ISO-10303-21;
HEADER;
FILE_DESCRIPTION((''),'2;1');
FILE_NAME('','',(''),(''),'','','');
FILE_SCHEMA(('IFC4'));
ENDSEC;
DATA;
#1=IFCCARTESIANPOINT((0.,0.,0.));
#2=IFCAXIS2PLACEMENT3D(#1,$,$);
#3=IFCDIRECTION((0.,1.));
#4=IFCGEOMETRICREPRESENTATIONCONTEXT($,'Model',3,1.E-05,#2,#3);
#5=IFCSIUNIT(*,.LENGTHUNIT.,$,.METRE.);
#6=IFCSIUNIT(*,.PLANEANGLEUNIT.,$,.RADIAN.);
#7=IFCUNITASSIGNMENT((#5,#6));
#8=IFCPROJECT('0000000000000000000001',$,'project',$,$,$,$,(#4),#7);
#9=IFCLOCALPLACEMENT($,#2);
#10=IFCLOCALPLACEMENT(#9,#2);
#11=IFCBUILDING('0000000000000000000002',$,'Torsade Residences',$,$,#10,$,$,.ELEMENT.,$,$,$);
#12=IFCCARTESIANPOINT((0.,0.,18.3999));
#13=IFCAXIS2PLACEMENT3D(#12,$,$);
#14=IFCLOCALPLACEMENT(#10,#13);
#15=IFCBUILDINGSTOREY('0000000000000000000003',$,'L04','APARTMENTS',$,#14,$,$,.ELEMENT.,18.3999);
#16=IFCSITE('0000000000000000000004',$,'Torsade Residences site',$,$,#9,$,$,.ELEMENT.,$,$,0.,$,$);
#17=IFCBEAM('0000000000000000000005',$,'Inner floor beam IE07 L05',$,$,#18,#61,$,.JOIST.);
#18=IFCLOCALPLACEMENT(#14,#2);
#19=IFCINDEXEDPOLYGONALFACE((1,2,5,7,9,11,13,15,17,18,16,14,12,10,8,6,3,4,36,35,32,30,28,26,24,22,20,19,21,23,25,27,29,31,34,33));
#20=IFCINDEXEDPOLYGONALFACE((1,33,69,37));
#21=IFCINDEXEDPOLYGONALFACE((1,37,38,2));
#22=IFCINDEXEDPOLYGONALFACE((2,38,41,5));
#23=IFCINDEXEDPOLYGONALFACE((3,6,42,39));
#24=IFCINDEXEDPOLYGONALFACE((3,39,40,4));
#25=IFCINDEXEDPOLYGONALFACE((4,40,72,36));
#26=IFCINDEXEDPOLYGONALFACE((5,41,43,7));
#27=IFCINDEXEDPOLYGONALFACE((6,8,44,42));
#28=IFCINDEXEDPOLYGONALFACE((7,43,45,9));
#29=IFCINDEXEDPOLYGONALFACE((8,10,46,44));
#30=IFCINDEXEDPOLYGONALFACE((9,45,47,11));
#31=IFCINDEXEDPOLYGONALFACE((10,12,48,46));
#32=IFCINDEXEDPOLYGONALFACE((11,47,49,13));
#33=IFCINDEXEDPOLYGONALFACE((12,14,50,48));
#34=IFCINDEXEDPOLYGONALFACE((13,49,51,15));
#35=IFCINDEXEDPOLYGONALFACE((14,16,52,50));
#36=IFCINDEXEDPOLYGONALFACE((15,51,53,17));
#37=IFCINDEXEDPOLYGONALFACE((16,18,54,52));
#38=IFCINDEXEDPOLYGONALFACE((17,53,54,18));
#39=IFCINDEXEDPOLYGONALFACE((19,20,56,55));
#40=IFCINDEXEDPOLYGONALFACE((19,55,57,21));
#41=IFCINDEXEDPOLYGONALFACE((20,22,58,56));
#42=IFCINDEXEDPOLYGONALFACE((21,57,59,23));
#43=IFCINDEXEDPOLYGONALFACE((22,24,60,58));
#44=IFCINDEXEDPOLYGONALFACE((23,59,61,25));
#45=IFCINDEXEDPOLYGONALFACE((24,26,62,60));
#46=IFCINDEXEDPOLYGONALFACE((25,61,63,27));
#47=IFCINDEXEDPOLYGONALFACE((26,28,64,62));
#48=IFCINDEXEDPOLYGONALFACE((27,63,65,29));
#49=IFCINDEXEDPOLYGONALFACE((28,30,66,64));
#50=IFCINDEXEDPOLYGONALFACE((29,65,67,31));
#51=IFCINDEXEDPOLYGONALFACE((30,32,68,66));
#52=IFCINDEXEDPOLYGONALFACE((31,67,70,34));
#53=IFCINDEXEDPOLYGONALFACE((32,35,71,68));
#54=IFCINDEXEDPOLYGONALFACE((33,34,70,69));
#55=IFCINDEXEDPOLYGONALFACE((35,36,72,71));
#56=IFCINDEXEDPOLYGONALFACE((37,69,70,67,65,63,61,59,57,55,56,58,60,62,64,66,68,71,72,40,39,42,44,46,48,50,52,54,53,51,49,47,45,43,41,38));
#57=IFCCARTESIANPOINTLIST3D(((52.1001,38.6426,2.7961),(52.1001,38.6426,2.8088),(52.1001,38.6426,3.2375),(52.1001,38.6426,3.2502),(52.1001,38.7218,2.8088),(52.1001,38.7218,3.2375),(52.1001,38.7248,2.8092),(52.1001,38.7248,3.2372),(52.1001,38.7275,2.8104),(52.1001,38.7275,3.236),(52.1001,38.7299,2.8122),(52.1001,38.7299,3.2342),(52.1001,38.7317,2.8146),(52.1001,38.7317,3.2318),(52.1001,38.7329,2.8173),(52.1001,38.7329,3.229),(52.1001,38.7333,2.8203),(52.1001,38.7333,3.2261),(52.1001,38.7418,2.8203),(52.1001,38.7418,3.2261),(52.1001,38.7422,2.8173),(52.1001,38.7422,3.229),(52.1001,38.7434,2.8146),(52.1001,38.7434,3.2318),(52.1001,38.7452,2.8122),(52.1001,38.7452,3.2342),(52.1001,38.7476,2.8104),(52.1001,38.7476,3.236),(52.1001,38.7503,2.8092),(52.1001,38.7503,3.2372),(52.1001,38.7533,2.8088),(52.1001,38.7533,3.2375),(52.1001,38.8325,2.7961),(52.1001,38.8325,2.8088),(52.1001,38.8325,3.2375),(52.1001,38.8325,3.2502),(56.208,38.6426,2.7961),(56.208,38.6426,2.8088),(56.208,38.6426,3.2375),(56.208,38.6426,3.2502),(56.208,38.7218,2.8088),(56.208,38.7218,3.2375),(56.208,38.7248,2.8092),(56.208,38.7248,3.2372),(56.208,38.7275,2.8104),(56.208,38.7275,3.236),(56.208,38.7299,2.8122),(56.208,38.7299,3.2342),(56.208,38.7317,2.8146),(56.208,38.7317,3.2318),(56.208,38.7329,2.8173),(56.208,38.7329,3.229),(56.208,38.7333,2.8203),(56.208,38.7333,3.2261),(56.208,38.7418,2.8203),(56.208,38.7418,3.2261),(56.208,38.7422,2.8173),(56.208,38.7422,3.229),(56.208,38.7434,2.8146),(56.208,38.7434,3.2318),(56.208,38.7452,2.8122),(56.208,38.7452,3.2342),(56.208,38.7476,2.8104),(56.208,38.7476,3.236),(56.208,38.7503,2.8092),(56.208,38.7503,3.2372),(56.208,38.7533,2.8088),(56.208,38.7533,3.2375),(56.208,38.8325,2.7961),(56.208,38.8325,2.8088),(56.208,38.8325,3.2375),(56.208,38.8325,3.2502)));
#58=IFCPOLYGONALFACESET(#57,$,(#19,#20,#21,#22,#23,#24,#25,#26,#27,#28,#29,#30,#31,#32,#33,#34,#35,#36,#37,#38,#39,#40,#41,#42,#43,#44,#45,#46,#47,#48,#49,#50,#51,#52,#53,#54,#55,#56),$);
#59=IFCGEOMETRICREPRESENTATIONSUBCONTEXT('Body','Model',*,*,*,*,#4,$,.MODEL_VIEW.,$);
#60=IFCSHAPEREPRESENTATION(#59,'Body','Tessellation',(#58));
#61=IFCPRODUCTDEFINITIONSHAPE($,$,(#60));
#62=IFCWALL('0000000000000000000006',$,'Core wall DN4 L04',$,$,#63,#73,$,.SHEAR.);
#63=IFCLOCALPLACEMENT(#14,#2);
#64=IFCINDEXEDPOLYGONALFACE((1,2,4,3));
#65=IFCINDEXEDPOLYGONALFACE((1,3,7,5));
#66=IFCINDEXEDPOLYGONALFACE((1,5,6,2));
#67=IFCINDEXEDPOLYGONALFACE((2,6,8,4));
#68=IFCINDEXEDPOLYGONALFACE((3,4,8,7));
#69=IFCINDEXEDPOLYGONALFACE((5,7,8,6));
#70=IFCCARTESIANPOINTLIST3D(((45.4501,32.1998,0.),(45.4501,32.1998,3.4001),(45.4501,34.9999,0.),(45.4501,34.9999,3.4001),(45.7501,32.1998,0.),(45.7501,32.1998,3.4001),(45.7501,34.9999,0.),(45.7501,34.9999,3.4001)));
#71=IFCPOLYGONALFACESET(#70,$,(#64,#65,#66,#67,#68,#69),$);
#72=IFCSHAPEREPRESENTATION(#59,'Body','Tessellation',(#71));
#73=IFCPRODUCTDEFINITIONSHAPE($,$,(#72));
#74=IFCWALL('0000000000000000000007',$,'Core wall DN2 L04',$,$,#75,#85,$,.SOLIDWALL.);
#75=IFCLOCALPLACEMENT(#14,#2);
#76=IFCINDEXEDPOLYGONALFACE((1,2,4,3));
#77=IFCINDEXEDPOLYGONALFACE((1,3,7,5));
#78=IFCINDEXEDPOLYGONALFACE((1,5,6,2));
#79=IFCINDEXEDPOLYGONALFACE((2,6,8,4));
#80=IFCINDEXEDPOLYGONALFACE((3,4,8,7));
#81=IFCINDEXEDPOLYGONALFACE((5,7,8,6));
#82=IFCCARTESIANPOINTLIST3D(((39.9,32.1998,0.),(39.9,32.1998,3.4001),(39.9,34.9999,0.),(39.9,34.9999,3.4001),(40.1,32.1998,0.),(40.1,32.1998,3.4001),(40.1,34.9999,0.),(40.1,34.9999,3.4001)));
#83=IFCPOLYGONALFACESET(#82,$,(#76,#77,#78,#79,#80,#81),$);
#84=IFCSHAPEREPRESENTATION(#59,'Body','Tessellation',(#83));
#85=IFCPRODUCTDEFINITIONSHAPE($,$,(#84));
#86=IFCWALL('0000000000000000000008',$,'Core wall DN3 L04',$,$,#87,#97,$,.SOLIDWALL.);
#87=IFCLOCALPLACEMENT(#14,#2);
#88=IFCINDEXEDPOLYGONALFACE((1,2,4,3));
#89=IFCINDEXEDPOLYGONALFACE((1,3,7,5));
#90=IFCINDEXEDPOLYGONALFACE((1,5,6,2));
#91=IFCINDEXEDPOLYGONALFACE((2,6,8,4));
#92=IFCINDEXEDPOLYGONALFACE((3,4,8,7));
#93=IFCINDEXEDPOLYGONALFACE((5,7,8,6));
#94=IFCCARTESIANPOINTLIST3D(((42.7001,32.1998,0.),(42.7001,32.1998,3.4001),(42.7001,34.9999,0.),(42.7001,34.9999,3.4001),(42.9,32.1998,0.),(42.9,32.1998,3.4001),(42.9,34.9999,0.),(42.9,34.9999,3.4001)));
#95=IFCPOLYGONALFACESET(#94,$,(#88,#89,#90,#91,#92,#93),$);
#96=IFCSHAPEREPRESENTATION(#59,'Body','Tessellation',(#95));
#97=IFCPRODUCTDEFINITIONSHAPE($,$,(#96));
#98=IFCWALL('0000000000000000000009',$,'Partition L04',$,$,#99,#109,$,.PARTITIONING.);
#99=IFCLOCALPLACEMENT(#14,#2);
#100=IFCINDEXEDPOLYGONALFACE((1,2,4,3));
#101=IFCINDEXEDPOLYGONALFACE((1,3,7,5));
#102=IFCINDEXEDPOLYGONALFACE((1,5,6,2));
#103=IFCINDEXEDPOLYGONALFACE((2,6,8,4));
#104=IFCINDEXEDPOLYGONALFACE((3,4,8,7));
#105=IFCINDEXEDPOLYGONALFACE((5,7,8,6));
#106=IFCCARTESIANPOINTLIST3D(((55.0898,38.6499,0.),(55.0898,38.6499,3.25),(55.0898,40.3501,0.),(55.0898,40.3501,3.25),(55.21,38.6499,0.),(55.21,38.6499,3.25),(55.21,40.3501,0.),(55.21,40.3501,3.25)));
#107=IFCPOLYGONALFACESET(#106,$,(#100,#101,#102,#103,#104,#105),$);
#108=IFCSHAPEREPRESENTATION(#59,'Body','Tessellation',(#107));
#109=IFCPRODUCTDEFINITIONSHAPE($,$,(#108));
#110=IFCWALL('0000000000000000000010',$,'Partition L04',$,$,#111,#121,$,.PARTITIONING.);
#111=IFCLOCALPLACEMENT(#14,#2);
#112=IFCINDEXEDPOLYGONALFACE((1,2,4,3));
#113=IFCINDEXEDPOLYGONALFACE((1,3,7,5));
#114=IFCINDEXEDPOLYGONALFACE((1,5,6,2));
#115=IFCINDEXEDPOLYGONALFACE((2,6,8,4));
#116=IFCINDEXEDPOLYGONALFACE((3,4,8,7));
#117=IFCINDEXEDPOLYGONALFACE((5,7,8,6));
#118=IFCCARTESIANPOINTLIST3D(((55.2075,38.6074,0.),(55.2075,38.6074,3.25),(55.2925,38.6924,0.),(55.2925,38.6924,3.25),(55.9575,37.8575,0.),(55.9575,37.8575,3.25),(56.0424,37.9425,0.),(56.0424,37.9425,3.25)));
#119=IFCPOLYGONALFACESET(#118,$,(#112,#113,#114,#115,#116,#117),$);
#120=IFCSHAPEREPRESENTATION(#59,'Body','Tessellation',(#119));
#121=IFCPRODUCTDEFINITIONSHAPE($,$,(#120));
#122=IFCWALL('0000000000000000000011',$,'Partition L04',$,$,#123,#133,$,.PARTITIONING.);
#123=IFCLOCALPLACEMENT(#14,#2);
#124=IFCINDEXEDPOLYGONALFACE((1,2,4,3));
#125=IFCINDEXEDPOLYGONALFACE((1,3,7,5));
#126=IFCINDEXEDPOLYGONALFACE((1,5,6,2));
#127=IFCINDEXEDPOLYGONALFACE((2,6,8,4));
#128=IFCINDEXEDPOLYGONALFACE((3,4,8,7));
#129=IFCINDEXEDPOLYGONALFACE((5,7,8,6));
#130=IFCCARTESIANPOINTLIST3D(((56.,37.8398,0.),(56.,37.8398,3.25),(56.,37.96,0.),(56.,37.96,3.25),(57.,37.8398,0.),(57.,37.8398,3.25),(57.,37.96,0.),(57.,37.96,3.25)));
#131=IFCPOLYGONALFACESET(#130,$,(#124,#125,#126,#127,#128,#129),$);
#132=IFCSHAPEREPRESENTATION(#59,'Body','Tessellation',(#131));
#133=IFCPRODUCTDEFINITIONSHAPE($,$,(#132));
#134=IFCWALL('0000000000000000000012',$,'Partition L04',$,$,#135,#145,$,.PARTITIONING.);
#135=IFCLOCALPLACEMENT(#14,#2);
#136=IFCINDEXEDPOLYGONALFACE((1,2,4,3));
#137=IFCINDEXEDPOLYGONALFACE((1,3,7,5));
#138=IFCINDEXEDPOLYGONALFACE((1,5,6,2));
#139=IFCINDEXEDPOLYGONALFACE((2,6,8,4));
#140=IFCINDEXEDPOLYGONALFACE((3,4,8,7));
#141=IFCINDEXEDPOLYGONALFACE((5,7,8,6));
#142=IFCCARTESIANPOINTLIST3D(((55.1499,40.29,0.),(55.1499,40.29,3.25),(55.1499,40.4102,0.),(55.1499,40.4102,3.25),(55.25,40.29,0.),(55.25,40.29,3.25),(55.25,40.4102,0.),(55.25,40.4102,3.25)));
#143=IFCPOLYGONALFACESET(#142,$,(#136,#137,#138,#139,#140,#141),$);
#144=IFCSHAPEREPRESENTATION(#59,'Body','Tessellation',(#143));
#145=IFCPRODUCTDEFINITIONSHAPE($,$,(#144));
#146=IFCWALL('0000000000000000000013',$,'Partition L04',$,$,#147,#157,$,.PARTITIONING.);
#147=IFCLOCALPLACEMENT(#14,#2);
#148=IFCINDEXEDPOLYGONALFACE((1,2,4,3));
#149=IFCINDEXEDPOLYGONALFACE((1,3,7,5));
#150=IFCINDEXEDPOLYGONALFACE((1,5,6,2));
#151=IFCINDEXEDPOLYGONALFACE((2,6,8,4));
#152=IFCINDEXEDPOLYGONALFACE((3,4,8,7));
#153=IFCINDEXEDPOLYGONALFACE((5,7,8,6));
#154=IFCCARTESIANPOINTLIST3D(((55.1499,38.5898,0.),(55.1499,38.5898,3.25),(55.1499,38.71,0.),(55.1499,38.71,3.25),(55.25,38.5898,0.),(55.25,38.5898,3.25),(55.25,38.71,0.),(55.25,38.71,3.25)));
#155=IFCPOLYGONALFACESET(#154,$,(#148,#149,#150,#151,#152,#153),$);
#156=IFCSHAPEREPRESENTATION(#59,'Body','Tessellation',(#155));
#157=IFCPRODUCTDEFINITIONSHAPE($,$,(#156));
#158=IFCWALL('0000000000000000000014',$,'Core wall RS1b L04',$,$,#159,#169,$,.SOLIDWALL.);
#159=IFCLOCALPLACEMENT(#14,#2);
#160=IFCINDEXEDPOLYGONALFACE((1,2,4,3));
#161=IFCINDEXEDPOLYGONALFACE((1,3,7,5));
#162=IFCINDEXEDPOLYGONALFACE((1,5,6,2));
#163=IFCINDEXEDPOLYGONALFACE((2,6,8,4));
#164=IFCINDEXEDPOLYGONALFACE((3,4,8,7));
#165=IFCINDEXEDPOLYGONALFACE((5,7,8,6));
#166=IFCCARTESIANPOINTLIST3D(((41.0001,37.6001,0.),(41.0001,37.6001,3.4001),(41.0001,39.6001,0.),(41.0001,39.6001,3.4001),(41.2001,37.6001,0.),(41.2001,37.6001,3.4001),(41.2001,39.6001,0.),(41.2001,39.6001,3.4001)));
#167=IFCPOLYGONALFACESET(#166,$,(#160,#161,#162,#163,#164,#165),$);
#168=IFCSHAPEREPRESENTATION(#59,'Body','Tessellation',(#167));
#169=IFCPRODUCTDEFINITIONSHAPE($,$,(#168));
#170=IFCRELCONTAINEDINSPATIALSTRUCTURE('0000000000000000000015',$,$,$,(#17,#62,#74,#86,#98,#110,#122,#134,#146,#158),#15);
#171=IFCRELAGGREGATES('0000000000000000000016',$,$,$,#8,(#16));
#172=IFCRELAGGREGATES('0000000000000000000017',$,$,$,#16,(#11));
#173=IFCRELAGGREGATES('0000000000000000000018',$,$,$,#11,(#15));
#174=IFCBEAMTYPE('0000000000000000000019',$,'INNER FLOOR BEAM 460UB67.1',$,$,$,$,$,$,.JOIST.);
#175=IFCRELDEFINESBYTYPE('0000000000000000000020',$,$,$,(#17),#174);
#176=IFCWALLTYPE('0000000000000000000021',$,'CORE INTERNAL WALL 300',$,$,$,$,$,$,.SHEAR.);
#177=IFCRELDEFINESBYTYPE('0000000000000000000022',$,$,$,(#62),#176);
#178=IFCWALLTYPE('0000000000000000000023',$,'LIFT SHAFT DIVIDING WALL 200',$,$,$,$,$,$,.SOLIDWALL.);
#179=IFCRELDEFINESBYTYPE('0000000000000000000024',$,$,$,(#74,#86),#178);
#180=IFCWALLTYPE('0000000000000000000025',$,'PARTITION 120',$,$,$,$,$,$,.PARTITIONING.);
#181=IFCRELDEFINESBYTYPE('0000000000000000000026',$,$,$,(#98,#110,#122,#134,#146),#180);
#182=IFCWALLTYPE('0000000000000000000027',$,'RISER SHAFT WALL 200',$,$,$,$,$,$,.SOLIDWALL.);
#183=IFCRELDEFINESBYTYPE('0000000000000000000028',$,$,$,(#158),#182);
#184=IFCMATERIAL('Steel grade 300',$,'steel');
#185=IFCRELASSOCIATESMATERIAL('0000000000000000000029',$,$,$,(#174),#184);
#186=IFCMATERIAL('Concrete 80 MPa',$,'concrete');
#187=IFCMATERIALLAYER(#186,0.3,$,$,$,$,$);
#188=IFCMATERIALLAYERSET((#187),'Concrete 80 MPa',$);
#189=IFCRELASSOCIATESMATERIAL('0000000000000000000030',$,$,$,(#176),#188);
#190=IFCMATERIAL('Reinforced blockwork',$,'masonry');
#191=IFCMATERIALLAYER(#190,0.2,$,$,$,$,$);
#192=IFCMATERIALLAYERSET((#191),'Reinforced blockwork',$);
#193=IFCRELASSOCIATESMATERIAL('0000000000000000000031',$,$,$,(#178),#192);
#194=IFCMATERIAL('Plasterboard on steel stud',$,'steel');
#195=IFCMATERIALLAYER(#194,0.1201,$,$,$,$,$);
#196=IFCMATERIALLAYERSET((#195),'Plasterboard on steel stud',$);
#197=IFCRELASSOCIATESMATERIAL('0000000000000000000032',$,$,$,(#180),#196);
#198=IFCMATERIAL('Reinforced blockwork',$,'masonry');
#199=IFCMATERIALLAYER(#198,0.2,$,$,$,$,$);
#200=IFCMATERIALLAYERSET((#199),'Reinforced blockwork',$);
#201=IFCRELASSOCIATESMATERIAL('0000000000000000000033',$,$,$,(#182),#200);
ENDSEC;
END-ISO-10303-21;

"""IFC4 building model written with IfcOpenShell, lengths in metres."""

from ifc_helpers import new_model, si_unit, direction, frame, frame_2d, origin, origin_2d, place, context, subcontext, project, spatial, rectangle, i_section, extrude, material, layer, layer_set, material_profile, profile_set, type_object, element, save


model = new_model("IFC4")

# Units and contexts
model_context = context("Model", 3, precision=1e-05, world=origin(), true_north=direction((0.0, 1.0)))
body_context = subcontext(model_context, "Body", "Model", "MODEL_VIEW")
ifc_project = project(units=[si_unit("LENGTHUNIT", "METRE"), si_unit("PLANEANGLEUNIT", "RADIAN")], contexts=[model_context])

# Site, building, storey
site_placement = place(None, origin())
site = spatial("IfcSite", under=ifc_project, at=site_placement, Name="Torsade Residences site", CompositionType="ELEMENT", RefElevation=0.0)
building_placement = place(site_placement, origin())
building = spatial("IfcBuilding", under=site, at=building_placement, Name="Torsade Residences", CompositionType="ELEMENT")
storey_placement = place(building_placement, frame((0.0, 0.0, 18.3999)))
storey = spatial("IfcBuildingStorey", under=building, at=storey_placement, Name="L04", Description="APARTMENTS", CompositionType="ELEMENT", Elevation=18.3999)

# Beam
ifc_material_1 = material(Name="Steel grade 300", Category="steel")
ifc_material_profile_1 = material_profile(ifc_material_1, i_section(OverallWidth=0.1899, OverallDepth=0.4541, WebThickness=0.0085, FlangeThickness=0.0127, FilletRadius=0.0115, at=origin_2d()), Name="460UB67.1")
ifc_profile_set_1 = profile_set([ifc_material_profile_1], Name="Steel grade 300")
beam_type = type_object("IfcBeamType", Name="INNER FLOOR BEAM 460UB67.1", PredefinedType="JOIST", material=ifc_profile_set_1)
beam_1_placement = place(storey_placement, frame((52.1001, 38.7375, 3.0232), z_axis=(1.0, 0.0, 0.0), x_axis=(0.0, 1.0, 0.0)))
element("IfcBeam", 1, at=beam_1_placement, inside=storey, type_object=beam_type, Name="Inner floor beam IE07 L05", PredefinedType="JOIST", context=body_context, shape_type="SweptSolid", body=[
    extrude(i_section(OverallWidth=0.1899, OverallDepth=0.4541, WebThickness=0.0085, FlangeThickness=0.0127, FilletRadius=0.0115, at=origin_2d()), origin(), (0.0, 0.0, 1.0), 4.1079),
])

# Walls
ifc_material_2 = material(Name="Concrete 80 MPa", Category="concrete")
ifc_layer_1 = layer(ifc_material_2, 0.3)
ifc_layer_set_1 = layer_set([ifc_layer_1], Name="Concrete 80 MPa")
wall_type_1 = type_object("IfcWallType", Name="CORE INTERNAL WALL 300", PredefinedType="SHEAR", material=ifc_layer_set_1)
wall_1_placement = place(storey_placement, frame((45.6001, 32.2, 0.0), z_axis=(0.0, 0.0, 1.0), x_axis=(0.0, 1.0, 0.0)))
element("IfcWall", 2, at=wall_1_placement, inside=storey, type_object=wall_type_1, Name="Core wall DN4 L04", PredefinedType="SHEAR", context=body_context, shape_type="SweptSolid", body=[
    extrude(rectangle(XDim=2.8, YDim=0.3, at=frame_2d((1.3999, 0.0))), origin(), (0.0, 0.0, 1.0), 3.4001),
])
ifc_material_3 = material(Name="Reinforced blockwork", Category="masonry")
ifc_layer_2 = layer(ifc_material_3, 0.2)
ifc_layer_set_2 = layer_set([ifc_layer_2], Name="Reinforced blockwork")
wall_type_2 = type_object("IfcWallType", Name="LIFT SHAFT DIVIDING WALL 200", PredefinedType="SOLIDWALL", material=ifc_layer_set_2)
for number, where, z_axis, x_axis, name in (
    (3, (40.0, 32.2, 0.0), (0.0, 0.0, 1.0), (0.0, 1.0, 0.0), "Core wall DN2 L04"),
    (4, (42.8, 32.2, 0.0), (0.0, 0.0, 1.0), (0.0, 1.0, 0.0), "Core wall DN3 L04"),
):
    element("IfcWall", number, at=place(storey_placement, frame(where, z_axis=z_axis, x_axis=x_axis)), inside=storey, type_object=wall_type_2, Name=name, PredefinedType="SOLIDWALL", context=body_context, shape_type="SweptSolid", body=[
        extrude(rectangle(XDim=2.8, YDim=0.2, at=frame_2d((1.3999, 0.0))), origin(), (0.0, 0.0, 1.0), 3.4001),
    ])
ifc_material_4 = material(Name="Plasterboard on steel stud", Category="steel")
ifc_layer_3 = layer(ifc_material_4, 0.1201)
ifc_layer_set_3 = layer_set([ifc_layer_3], Name="Plasterboard on steel stud")
wall_type_3 = type_object("IfcWallType", Name="PARTITION 120", PredefinedType="PARTITIONING", material=ifc_layer_set_3)
wall_2_placement = place(storey_placement, frame((55.1499, 40.3501, 0.0), z_axis=(0.0, 0.0, 1.0), x_axis=(0.0, -1.0, 0.0)))
element("IfcWall", 5, at=wall_2_placement, inside=storey, type_object=wall_type_3, Name="Partition L04", PredefinedType="PARTITIONING", context=body_context, shape_type="SweptSolid", body=[
    extrude(rectangle(XDim=1.7002, YDim=0.1201, at=frame_2d((0.8501, 0.0))), origin(), (0.0, 0.0, 1.0), 3.25),
])
wall_3_placement = place(storey_placement, frame((55.25, 38.6499, 0.0), z_axis=(0.0, 0.0, 1.0), x_axis=(0.707107, -0.707107, 0.0)))
element("IfcWall", 6, at=wall_3_placement, inside=storey, type_object=wall_type_3, Name="Partition L04", PredefinedType="PARTITIONING", context=body_context, shape_type="SweptSolid", body=[
    extrude(rectangle(XDim=1.0605, YDim=0.1201, at=frame_2d((0.5303, 0.0))), origin(), (0.0, 0.0, 1.0), 3.25),
])
wall_4_placement = place(storey_placement, frame((56.0, 37.8999, 0.0), z_axis=(0.0, 0.0, 1.0), x_axis=(1.0, 0.0, 0.0)))
element("IfcWall", 7, at=wall_4_placement, inside=storey, type_object=wall_type_3, Name="Partition L04", PredefinedType="PARTITIONING", context=body_context, shape_type="SweptSolid", body=[
    extrude(rectangle(XDim=1.0, YDim=0.1201, at=frame_2d((0.5, 0.0))), origin(), (0.0, 0.0, 1.0), 3.25),
])
for number, where, z_axis, x_axis, name in (
    (8, (55.1499, 40.3501, 0.0), (0.0, 0.0, 1.0), (1.0, 0.0, 0.0), "Partition L04"),
    (9, (55.1499, 38.6499, 0.0), (0.0, 0.0, 1.0), (1.0, 0.0, 0.0), "Partition L04"),
):
    element("IfcWall", number, at=place(storey_placement, frame(where, z_axis=z_axis, x_axis=x_axis)), inside=storey, type_object=wall_type_3, Name=name, PredefinedType="PARTITIONING", context=body_context, shape_type="SweptSolid", body=[
        extrude(rectangle(XDim=0.1001, YDim=0.1201, at=frame_2d((0.05, 0.0))), origin(), (0.0, 0.0, 1.0), 3.25),
    ])
ifc_material_5 = material(Name="Reinforced blockwork", Category="masonry")
ifc_layer_4 = layer(ifc_material_5, 0.2)
ifc_layer_set_4 = layer_set([ifc_layer_4], Name="Reinforced blockwork")
wall_type_4 = type_object("IfcWallType", Name="RISER SHAFT WALL 200", PredefinedType="SOLIDWALL", material=ifc_layer_set_4)
wall_5_placement = place(storey_placement, frame((41.1001, 37.6001, 0.0), z_axis=(0.0, 0.0, 1.0), x_axis=(0.0, 1.0, 0.0)))
element("IfcWall", 10, at=wall_5_placement, inside=storey, type_object=wall_type_4, Name="Core wall RS1b L04", PredefinedType="SOLIDWALL", context=body_context, shape_type="SweptSolid", body=[
    extrude(rectangle(XDim=2.0, YDim=0.2, at=frame_2d((1.0, 0.0))), origin(), (0.0, 0.0, 1.0), 3.4001),
])

save(model, "model.ifc")
